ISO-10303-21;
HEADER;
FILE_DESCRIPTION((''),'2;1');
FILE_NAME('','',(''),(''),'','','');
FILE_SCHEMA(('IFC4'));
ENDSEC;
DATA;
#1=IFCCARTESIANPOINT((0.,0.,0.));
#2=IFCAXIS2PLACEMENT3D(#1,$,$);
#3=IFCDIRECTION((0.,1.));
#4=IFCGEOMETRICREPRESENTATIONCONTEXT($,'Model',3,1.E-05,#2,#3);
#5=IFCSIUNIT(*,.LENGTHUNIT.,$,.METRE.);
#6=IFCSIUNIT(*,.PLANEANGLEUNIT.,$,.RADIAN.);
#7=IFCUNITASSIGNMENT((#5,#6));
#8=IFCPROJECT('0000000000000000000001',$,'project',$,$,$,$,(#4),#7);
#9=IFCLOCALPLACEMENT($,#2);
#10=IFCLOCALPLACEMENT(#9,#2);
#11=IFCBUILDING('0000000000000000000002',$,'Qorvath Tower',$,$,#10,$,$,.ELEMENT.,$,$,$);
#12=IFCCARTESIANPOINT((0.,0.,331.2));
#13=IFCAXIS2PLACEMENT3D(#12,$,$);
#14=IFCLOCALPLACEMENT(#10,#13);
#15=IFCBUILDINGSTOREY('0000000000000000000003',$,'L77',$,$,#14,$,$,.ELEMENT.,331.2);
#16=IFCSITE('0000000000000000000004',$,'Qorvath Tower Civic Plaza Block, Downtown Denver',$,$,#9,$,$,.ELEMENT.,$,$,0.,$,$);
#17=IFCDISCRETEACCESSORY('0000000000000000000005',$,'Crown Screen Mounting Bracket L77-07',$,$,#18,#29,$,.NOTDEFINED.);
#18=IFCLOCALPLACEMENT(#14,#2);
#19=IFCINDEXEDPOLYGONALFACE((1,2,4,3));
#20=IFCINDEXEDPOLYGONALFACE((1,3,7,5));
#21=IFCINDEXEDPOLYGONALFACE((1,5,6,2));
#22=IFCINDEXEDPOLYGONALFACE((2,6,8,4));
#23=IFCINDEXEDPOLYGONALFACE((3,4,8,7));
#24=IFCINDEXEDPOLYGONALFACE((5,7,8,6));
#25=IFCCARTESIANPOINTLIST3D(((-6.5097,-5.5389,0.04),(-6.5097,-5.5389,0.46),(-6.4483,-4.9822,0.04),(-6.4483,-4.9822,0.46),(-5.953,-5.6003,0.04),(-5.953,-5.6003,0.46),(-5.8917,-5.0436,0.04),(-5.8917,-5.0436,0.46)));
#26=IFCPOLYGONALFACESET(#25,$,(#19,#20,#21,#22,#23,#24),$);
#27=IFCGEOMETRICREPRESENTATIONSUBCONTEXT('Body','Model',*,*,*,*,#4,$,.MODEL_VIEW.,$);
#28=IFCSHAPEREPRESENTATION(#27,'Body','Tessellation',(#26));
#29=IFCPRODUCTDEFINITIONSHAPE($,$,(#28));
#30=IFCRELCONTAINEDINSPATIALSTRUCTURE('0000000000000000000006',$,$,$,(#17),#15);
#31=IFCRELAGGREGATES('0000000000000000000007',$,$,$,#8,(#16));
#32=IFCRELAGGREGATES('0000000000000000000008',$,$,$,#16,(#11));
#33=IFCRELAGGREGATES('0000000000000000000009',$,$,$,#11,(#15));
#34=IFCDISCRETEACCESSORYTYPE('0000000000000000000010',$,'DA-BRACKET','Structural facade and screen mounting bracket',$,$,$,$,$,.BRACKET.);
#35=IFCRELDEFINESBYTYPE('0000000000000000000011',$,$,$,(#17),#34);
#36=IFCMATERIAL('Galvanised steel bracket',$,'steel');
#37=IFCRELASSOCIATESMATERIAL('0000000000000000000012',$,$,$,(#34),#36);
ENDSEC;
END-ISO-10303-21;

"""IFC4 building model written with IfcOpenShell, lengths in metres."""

from ifc_helpers import new_model, si_unit, direction, frame, origin, origin_2d, place, context, subcontext, project, spatial, rectangle, extrude, material, type_object, element, save


model = new_model("IFC4")

# Units and contexts
model_context = context("Model", 3, precision=1e-05, world=origin(), true_north=direction((0.0, 1.0)))
body_context = subcontext(model_context, "Body", "Model", "MODEL_VIEW")
ifc_project = project(units=[si_unit("LENGTHUNIT", "METRE"), si_unit("PLANEANGLEUNIT", "RADIAN")], contexts=[model_context])

# Site, building, storey
site_placement = place(None, origin())
site = spatial("IfcSite", under=ifc_project, at=site_placement, Name="Qorvath Tower Civic Plaza Block, Downtown Denver", CompositionType="ELEMENT", RefElevation=0.0)
building_placement = place(site_placement, origin())
building = spatial("IfcBuilding", under=site, at=building_placement, Name="Qorvath Tower", CompositionType="ELEMENT")
storey_placement = place(building_placement, frame((0.0, 0.0, 331.2)))
storey = spatial("IfcBuildingStorey", under=building, at=storey_placement, Name="L77", CompositionType="ELEMENT", Elevation=331.2)

# Discrete accessory
ifc_material_1 = material(Name="Galvanised steel bracket", Category="steel")
discrete_accessory_type = type_object("IfcDiscreteAccessoryType", Name="DA-BRACKET", Description="Structural facade and screen mounting bracket", PredefinedType="BRACKET", material=ifc_material_1)
for number, where, z_axis, x_axis, name in (
    (1, (-6.2007, -5.2913, 0.04), (0.0, 0.0, 1.0), (0.109583, 0.993978, 0.0), "Crown Screen Mounting Bracket L77-07"),
):
    element("IfcDiscreteAccessory", number, at=place(storey_placement, frame(where, z_axis=z_axis, x_axis=x_axis)), inside=storey, type_object=discrete_accessory_type, Name=name, PredefinedType="NOTDEFINED", context=body_context, shape_type="SweptSolid", body=[
        extrude(rectangle(XDim=0.5601, YDim=0.5601, at=origin_2d()), origin(), (0.0, 0.0, 1.0), 0.4199),
    ])

save(model, "model.ifc")
